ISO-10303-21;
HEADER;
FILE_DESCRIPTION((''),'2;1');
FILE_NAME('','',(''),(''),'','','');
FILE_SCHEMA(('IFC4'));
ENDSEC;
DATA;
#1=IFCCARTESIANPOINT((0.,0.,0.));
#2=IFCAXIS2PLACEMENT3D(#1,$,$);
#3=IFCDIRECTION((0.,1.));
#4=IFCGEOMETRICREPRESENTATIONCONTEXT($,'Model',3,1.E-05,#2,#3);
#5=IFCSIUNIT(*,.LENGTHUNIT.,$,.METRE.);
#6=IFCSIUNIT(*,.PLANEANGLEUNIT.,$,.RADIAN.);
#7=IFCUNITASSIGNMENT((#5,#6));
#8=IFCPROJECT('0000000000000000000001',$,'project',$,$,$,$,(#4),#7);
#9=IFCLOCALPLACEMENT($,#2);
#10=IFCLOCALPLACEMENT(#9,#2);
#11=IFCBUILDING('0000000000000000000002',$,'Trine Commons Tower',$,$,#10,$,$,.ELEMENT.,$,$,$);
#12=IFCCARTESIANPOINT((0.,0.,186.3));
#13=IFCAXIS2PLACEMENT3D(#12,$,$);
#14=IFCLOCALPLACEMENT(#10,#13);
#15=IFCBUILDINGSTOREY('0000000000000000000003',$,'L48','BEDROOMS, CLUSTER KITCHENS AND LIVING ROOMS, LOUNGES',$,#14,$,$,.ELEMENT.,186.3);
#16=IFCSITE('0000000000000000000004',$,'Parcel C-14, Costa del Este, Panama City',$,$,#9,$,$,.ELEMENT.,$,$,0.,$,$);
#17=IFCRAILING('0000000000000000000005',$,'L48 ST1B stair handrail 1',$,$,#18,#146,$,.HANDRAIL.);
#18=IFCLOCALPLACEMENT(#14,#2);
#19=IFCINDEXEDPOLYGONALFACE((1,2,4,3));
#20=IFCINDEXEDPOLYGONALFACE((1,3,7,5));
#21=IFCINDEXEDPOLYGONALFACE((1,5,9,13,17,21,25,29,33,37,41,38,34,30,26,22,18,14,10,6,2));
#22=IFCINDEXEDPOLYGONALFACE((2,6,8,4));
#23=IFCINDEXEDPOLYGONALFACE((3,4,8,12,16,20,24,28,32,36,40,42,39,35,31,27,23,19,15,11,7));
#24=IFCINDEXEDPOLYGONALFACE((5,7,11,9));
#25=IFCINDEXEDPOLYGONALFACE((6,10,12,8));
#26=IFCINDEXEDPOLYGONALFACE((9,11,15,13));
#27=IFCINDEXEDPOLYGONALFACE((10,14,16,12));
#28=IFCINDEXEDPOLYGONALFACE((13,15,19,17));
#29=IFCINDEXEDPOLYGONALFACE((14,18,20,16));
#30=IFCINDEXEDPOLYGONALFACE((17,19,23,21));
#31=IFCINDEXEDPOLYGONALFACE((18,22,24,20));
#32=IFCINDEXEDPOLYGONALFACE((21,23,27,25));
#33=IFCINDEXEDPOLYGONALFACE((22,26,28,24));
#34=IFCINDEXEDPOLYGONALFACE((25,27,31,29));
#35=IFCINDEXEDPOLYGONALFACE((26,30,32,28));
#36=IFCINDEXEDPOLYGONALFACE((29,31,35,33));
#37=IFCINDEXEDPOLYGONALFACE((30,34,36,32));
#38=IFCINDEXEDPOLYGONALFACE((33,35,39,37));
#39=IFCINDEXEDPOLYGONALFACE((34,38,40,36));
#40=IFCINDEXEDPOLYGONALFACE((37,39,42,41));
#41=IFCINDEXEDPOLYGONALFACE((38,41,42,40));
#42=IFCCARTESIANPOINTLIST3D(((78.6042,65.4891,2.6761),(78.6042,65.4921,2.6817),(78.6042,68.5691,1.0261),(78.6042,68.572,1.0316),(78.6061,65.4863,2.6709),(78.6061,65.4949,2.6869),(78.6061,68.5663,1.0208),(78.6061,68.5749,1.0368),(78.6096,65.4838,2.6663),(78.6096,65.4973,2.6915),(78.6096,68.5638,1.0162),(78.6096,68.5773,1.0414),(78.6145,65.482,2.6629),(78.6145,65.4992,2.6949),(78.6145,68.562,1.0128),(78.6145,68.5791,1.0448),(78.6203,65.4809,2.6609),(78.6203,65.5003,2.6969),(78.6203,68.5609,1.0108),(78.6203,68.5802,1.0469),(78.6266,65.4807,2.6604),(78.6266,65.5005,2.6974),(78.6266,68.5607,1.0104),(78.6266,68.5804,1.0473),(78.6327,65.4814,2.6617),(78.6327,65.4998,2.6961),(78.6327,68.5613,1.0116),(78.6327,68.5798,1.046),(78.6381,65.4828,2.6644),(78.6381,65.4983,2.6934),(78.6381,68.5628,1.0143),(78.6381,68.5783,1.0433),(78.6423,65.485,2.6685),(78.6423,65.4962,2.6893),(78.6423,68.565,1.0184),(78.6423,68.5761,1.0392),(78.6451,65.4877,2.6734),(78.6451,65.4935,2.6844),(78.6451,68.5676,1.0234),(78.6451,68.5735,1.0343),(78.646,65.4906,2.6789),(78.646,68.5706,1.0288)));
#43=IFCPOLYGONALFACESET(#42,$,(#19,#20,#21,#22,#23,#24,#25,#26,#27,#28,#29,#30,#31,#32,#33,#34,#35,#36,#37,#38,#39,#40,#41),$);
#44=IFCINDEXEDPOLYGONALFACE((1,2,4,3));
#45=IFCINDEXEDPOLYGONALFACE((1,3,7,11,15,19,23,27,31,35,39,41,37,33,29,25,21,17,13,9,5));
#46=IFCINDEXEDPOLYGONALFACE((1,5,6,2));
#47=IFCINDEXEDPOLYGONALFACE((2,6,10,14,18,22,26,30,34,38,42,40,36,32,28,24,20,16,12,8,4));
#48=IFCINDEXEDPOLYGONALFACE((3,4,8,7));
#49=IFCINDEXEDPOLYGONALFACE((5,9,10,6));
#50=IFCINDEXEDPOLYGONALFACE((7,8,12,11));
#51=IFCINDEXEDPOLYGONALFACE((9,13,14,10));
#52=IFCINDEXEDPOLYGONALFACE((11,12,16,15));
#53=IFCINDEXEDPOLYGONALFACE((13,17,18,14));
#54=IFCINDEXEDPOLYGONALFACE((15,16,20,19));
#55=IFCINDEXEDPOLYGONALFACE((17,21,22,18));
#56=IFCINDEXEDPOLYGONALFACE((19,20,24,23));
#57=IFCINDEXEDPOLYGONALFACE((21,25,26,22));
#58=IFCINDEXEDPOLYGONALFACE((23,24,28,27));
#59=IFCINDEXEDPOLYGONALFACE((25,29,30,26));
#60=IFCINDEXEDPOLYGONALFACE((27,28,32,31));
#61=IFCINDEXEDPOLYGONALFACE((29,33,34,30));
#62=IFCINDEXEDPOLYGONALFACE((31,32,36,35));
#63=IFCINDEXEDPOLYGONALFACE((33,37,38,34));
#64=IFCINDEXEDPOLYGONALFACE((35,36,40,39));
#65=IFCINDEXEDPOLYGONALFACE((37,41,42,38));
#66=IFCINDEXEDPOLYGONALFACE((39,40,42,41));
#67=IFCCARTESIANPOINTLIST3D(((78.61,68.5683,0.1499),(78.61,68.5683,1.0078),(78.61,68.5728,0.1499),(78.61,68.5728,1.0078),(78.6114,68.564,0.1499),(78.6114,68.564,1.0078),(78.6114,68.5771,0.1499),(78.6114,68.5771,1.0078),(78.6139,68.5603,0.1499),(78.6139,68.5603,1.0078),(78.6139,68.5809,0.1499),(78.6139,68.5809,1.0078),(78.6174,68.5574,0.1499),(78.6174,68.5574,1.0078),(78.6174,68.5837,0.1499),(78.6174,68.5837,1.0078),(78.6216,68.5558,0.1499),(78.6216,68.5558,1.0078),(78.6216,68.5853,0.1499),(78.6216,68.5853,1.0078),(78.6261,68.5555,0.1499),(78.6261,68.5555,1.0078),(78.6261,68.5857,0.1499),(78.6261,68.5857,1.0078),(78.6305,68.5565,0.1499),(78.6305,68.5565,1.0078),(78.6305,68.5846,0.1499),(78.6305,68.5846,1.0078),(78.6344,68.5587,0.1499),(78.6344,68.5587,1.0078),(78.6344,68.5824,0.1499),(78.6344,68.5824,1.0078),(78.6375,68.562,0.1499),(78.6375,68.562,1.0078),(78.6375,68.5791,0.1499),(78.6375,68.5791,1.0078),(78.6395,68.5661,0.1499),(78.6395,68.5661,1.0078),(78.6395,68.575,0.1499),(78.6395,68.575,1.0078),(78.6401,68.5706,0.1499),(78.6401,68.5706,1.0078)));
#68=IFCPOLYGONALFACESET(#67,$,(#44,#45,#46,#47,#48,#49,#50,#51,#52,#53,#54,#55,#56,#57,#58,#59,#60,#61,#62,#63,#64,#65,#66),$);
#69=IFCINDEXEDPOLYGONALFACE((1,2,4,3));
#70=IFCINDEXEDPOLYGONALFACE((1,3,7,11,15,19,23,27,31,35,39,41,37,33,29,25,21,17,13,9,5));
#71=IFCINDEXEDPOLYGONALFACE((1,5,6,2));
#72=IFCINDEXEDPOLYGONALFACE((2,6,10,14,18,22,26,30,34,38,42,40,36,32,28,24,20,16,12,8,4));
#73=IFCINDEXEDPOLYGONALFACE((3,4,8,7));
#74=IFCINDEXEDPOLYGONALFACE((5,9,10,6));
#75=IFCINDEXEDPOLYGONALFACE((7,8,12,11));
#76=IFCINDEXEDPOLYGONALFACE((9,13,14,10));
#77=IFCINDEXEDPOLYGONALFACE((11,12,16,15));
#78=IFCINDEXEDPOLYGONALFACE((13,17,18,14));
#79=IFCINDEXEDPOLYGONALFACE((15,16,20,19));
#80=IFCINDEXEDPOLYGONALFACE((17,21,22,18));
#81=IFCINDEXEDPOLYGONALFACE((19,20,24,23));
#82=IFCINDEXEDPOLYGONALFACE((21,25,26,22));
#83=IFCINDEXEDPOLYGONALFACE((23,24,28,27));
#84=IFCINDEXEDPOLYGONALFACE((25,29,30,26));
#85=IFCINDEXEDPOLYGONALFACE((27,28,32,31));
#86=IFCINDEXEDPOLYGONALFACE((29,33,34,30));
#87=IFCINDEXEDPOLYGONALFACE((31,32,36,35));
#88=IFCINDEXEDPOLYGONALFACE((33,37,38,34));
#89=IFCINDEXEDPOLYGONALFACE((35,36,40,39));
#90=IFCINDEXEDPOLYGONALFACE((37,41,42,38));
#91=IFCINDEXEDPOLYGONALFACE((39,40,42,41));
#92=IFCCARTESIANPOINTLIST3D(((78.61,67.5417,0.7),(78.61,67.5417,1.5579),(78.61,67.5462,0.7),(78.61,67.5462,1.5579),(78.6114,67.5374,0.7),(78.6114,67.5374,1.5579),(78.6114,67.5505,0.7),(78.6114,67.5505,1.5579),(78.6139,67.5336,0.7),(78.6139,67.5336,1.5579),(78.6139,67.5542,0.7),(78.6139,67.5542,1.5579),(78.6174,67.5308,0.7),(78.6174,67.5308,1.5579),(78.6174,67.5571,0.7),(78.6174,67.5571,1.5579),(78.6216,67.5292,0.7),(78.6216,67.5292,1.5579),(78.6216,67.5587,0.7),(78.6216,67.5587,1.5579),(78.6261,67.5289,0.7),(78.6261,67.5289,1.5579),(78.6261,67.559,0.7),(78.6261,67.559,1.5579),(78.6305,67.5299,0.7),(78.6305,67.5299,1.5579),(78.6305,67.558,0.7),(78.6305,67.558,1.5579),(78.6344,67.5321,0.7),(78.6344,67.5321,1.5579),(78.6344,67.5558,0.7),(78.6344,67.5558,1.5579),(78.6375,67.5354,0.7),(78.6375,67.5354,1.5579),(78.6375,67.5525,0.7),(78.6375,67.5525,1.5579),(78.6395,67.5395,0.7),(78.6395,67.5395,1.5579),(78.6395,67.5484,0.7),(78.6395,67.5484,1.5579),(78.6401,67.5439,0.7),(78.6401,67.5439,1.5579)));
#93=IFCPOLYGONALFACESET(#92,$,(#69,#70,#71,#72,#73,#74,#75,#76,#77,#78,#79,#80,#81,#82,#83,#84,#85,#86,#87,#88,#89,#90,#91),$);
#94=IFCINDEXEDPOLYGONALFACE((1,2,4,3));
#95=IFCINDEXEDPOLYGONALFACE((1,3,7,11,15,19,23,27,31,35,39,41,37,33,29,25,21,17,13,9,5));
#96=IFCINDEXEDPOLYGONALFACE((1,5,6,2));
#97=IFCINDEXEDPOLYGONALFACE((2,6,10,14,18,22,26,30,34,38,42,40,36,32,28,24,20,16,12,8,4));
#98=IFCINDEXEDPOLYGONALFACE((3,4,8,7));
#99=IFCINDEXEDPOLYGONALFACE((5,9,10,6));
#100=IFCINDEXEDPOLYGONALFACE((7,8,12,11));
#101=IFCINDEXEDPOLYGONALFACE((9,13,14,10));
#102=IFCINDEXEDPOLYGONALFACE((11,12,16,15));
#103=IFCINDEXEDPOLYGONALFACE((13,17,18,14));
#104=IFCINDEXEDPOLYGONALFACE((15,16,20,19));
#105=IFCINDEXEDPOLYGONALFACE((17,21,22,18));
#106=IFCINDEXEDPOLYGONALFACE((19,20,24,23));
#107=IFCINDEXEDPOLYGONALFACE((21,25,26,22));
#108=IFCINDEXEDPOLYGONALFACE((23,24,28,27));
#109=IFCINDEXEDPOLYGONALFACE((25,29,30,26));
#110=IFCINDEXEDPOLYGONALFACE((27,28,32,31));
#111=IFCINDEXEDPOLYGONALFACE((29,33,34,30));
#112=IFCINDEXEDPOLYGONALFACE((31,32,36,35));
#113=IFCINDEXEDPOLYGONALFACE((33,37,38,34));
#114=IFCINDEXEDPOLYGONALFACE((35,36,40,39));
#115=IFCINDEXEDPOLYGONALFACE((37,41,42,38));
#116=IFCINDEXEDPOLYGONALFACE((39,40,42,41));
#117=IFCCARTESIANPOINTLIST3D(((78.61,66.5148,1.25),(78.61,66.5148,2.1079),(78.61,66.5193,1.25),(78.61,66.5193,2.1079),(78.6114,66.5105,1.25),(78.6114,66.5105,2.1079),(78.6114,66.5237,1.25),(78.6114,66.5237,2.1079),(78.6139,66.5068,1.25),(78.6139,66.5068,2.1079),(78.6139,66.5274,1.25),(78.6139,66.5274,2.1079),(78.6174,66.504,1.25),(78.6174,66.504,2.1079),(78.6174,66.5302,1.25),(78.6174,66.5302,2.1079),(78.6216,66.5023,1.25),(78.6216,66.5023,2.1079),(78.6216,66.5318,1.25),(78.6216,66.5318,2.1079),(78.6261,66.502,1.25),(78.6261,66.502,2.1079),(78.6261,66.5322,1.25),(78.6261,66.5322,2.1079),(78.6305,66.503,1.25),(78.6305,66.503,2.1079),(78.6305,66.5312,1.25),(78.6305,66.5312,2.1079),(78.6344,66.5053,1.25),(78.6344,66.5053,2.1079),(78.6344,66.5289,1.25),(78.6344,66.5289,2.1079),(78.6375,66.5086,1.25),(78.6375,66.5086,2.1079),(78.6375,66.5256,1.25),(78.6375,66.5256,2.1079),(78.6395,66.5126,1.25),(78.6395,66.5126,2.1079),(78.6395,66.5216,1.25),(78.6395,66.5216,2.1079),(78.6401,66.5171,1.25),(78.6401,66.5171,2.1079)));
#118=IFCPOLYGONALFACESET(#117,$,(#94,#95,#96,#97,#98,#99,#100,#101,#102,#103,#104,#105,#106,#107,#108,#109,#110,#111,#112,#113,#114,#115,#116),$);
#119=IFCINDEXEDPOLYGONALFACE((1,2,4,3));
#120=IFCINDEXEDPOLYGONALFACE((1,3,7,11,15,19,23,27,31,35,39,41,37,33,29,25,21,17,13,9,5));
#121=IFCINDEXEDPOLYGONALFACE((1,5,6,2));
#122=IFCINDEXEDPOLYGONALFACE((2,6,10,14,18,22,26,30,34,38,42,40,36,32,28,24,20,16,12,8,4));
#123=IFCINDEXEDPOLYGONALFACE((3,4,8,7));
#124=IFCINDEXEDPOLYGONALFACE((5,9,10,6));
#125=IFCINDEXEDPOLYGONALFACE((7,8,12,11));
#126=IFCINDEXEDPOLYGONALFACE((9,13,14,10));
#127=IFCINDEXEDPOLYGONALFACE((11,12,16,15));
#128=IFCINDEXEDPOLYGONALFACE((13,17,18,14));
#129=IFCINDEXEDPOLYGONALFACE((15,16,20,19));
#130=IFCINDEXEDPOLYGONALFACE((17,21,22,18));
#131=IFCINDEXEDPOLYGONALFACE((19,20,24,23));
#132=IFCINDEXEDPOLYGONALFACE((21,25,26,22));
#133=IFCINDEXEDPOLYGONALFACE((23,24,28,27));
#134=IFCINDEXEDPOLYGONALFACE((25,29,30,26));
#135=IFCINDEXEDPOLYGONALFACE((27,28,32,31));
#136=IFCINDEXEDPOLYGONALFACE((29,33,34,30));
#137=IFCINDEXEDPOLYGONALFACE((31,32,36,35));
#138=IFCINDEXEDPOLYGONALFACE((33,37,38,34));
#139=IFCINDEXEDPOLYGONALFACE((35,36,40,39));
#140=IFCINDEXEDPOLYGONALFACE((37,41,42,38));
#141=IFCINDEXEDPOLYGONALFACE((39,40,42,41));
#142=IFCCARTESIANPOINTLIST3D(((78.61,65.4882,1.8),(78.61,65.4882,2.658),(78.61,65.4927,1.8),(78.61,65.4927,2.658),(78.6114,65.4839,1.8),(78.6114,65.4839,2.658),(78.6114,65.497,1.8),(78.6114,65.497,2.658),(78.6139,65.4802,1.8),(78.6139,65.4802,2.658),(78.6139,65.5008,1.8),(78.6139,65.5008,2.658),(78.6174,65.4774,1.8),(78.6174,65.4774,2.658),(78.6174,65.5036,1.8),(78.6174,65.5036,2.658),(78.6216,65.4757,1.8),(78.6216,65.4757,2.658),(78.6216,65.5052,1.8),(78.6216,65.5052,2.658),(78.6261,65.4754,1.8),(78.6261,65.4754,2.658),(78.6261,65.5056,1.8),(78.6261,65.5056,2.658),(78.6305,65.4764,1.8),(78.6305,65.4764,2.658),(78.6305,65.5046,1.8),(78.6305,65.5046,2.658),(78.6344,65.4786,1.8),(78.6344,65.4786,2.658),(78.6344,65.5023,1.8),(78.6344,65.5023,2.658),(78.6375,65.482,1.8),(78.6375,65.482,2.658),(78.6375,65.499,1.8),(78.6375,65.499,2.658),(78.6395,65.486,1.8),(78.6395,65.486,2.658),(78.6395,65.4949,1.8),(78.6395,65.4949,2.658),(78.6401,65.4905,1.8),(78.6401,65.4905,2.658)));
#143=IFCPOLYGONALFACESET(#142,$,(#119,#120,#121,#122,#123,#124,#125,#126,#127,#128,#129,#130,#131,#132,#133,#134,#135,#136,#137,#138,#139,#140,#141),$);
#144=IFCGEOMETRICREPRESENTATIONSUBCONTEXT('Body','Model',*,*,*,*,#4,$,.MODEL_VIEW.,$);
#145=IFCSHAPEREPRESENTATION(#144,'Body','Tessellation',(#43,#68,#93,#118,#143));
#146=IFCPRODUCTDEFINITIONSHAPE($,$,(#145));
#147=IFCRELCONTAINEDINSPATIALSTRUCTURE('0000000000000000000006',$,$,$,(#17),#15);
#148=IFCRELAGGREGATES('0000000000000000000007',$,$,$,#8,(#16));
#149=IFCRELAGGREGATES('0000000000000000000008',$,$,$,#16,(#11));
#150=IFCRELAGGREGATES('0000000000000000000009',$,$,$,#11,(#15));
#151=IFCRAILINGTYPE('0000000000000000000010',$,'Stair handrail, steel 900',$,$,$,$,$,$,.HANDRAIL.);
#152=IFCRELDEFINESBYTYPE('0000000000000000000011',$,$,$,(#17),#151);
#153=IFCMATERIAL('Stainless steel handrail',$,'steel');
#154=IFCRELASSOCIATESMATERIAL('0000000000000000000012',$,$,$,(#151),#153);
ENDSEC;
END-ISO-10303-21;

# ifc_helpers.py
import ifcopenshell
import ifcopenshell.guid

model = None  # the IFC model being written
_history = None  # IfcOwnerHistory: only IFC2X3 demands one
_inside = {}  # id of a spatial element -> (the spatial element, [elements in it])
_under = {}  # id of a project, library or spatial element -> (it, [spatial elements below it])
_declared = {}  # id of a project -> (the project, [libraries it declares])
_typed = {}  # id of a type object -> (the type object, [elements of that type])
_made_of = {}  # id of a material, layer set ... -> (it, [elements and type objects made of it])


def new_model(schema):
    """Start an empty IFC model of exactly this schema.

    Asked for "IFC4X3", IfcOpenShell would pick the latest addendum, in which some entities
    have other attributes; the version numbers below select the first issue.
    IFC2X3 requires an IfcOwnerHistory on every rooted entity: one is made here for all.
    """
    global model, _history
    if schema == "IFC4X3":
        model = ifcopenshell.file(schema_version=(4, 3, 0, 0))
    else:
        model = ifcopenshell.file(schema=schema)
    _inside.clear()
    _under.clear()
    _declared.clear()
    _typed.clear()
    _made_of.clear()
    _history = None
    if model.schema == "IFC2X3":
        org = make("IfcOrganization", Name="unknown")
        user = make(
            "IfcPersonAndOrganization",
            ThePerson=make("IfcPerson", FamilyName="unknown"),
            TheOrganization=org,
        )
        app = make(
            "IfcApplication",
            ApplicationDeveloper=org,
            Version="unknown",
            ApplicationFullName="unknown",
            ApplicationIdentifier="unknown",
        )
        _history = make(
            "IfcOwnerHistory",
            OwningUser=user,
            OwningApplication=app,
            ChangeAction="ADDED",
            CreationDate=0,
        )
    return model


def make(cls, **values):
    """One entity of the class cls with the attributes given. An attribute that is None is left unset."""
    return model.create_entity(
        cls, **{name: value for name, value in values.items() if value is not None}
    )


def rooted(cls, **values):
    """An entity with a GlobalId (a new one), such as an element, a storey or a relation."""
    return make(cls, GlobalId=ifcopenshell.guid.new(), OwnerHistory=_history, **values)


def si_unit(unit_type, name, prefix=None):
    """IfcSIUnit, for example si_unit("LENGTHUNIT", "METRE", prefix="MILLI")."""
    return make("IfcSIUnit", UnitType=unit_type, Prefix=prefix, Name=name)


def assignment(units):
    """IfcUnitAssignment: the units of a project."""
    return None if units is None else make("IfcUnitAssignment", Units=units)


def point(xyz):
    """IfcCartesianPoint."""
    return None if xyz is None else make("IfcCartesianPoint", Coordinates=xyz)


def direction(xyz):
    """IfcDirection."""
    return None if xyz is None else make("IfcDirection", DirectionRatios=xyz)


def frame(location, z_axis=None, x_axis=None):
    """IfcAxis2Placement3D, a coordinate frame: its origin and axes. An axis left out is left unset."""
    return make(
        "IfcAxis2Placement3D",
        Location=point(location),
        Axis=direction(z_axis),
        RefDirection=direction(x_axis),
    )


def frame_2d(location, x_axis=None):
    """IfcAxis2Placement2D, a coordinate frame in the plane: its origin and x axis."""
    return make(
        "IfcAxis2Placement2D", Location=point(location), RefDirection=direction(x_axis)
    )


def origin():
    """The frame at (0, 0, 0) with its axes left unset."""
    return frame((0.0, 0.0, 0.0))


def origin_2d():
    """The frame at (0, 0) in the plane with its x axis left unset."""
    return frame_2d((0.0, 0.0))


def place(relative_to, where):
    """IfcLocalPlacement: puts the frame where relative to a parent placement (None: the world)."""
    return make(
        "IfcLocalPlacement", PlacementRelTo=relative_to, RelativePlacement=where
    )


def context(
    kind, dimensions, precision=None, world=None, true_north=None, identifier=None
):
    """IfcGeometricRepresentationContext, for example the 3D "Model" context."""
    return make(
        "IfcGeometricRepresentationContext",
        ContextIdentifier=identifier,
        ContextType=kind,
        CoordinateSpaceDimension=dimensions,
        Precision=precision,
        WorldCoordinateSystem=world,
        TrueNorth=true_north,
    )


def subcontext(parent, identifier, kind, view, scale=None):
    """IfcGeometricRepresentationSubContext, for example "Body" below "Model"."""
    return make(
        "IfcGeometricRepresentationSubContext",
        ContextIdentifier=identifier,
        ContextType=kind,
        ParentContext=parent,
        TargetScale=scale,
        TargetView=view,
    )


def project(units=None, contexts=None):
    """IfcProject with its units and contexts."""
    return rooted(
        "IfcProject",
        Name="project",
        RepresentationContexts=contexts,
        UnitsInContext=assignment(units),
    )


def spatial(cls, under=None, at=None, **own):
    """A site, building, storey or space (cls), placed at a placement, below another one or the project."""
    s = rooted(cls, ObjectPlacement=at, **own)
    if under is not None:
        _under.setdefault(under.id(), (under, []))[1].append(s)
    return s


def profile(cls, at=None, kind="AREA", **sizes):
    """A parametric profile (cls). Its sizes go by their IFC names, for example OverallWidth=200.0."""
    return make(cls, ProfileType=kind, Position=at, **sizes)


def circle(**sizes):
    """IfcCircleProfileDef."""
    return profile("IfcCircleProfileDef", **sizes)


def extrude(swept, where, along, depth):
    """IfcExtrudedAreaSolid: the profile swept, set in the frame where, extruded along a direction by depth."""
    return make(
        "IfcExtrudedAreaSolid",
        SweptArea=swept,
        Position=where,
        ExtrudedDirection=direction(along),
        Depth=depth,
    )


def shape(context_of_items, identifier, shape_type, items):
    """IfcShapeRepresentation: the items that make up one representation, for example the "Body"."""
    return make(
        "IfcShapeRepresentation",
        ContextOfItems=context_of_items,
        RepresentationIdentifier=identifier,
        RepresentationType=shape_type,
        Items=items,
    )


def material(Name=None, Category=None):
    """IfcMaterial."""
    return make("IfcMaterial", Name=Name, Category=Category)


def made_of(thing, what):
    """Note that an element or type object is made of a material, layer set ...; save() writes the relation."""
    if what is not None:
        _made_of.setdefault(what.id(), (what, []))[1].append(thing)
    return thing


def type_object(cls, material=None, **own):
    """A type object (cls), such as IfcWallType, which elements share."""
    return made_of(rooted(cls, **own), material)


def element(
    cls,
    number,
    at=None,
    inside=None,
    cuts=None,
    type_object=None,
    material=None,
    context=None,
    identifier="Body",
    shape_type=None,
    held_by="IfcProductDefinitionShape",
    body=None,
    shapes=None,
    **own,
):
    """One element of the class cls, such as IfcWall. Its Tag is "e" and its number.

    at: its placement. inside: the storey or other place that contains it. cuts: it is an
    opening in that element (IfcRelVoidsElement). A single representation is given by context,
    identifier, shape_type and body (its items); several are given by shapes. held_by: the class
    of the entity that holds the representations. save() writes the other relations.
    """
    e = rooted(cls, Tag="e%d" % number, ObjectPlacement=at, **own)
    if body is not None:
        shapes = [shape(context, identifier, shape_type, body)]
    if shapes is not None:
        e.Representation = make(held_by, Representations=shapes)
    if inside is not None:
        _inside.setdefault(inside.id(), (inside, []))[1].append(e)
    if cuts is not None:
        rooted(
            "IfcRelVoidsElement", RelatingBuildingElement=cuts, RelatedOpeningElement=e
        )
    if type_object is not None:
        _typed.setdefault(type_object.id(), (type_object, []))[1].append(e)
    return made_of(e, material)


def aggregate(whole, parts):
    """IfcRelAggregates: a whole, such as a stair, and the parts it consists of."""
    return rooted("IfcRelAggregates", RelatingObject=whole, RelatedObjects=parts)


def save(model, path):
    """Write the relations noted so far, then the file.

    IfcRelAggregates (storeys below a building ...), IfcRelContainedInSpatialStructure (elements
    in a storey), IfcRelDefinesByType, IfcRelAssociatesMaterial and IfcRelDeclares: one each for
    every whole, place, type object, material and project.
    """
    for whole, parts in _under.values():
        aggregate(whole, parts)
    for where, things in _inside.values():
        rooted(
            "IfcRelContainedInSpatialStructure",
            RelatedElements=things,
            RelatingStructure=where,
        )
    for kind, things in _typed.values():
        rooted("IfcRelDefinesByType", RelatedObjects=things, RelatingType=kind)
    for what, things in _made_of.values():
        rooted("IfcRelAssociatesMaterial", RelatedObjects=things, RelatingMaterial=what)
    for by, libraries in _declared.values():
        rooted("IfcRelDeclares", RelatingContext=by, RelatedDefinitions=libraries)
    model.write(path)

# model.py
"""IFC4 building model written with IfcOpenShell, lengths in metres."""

from ifc_helpers import new_model, si_unit, direction, frame, origin, origin_2d, place, context, subcontext, project, spatial, circle, extrude, material, type_object, element, save


model = new_model("IFC4")

# Units and contexts
model_context = context("Model", 3, precision=1e-05, world=origin(), true_north=direction((0.0, 1.0)))
body_context = subcontext(model_context, "Body", "Model", "MODEL_VIEW")
ifc_project = project(units=[si_unit("LENGTHUNIT", "METRE"), si_unit("PLANEANGLEUNIT", "RADIAN")], contexts=[model_context])

# Site, building, storey
site_placement = place(None, origin())
site = spatial("IfcSite", under=ifc_project, at=site_placement, Name="Parcel C-14, Costa del Este, Panama City", CompositionType="ELEMENT", RefElevation=0.0)
building_placement = place(site_placement, origin())
building = spatial("IfcBuilding", under=site, at=building_placement, Name="Trine Commons Tower", CompositionType="ELEMENT")
storey_placement = place(building_placement, frame((0.0, 0.0, 186.3)))
storey = spatial("IfcBuildingStorey", under=building, at=storey_placement, Name="L48", Description="BEDROOMS, CLUSTER KITCHENS AND LIVING ROOMS, LOUNGES", CompositionType="ELEMENT", Elevation=186.3)

# Railing
ifc_material_1 = material(Name="Stainless steel handrail", Category="steel")
railing_type_1 = type_object("IfcRailingType", Name="Stair handrail, steel 900", PredefinedType="HANDRAIL", material=ifc_material_1)
railing_1_placement = place(storey_placement, frame((78.625, 68.5706, 0.1499)))
element("IfcRailing", 1, at=railing_1_placement, inside=storey, type_object=railing_type_1, Name="L48 ST1B stair handrail 1", PredefinedType="HANDRAIL", context=body_context, shape_type="SweptSolid", body=[
    extrude(circle(Radius=0.021, at=origin_2d()), frame((0.0, 0.0, 0.8789), z_axis=(0.0, -0.881468, 0.472245), x_axis=(1.0, 0.0, 0.0)), (0.0, 0.0, 1.0), 3.4941),
    extrude(circle(Radius=0.0151, at=origin_2d()), origin(), (0.0, 0.0, 1.0), 0.8579),
    extrude(circle(Radius=0.0151, at=origin_2d()), frame((0.0, -1.0266, 0.55)), (0.0, 0.0, 1.0), 0.8579),
    extrude(circle(Radius=0.0151, at=origin_2d()), frame((0.0, -2.0535, 1.1001)), (0.0, 0.0, 1.0), 0.8579),
    extrude(circle(Radius=0.0151, at=origin_2d()), frame((0.0, -3.0801, 1.6501)), (0.0, 0.0, 1.0), 0.8579),
])

save(model, "model.ifc")
